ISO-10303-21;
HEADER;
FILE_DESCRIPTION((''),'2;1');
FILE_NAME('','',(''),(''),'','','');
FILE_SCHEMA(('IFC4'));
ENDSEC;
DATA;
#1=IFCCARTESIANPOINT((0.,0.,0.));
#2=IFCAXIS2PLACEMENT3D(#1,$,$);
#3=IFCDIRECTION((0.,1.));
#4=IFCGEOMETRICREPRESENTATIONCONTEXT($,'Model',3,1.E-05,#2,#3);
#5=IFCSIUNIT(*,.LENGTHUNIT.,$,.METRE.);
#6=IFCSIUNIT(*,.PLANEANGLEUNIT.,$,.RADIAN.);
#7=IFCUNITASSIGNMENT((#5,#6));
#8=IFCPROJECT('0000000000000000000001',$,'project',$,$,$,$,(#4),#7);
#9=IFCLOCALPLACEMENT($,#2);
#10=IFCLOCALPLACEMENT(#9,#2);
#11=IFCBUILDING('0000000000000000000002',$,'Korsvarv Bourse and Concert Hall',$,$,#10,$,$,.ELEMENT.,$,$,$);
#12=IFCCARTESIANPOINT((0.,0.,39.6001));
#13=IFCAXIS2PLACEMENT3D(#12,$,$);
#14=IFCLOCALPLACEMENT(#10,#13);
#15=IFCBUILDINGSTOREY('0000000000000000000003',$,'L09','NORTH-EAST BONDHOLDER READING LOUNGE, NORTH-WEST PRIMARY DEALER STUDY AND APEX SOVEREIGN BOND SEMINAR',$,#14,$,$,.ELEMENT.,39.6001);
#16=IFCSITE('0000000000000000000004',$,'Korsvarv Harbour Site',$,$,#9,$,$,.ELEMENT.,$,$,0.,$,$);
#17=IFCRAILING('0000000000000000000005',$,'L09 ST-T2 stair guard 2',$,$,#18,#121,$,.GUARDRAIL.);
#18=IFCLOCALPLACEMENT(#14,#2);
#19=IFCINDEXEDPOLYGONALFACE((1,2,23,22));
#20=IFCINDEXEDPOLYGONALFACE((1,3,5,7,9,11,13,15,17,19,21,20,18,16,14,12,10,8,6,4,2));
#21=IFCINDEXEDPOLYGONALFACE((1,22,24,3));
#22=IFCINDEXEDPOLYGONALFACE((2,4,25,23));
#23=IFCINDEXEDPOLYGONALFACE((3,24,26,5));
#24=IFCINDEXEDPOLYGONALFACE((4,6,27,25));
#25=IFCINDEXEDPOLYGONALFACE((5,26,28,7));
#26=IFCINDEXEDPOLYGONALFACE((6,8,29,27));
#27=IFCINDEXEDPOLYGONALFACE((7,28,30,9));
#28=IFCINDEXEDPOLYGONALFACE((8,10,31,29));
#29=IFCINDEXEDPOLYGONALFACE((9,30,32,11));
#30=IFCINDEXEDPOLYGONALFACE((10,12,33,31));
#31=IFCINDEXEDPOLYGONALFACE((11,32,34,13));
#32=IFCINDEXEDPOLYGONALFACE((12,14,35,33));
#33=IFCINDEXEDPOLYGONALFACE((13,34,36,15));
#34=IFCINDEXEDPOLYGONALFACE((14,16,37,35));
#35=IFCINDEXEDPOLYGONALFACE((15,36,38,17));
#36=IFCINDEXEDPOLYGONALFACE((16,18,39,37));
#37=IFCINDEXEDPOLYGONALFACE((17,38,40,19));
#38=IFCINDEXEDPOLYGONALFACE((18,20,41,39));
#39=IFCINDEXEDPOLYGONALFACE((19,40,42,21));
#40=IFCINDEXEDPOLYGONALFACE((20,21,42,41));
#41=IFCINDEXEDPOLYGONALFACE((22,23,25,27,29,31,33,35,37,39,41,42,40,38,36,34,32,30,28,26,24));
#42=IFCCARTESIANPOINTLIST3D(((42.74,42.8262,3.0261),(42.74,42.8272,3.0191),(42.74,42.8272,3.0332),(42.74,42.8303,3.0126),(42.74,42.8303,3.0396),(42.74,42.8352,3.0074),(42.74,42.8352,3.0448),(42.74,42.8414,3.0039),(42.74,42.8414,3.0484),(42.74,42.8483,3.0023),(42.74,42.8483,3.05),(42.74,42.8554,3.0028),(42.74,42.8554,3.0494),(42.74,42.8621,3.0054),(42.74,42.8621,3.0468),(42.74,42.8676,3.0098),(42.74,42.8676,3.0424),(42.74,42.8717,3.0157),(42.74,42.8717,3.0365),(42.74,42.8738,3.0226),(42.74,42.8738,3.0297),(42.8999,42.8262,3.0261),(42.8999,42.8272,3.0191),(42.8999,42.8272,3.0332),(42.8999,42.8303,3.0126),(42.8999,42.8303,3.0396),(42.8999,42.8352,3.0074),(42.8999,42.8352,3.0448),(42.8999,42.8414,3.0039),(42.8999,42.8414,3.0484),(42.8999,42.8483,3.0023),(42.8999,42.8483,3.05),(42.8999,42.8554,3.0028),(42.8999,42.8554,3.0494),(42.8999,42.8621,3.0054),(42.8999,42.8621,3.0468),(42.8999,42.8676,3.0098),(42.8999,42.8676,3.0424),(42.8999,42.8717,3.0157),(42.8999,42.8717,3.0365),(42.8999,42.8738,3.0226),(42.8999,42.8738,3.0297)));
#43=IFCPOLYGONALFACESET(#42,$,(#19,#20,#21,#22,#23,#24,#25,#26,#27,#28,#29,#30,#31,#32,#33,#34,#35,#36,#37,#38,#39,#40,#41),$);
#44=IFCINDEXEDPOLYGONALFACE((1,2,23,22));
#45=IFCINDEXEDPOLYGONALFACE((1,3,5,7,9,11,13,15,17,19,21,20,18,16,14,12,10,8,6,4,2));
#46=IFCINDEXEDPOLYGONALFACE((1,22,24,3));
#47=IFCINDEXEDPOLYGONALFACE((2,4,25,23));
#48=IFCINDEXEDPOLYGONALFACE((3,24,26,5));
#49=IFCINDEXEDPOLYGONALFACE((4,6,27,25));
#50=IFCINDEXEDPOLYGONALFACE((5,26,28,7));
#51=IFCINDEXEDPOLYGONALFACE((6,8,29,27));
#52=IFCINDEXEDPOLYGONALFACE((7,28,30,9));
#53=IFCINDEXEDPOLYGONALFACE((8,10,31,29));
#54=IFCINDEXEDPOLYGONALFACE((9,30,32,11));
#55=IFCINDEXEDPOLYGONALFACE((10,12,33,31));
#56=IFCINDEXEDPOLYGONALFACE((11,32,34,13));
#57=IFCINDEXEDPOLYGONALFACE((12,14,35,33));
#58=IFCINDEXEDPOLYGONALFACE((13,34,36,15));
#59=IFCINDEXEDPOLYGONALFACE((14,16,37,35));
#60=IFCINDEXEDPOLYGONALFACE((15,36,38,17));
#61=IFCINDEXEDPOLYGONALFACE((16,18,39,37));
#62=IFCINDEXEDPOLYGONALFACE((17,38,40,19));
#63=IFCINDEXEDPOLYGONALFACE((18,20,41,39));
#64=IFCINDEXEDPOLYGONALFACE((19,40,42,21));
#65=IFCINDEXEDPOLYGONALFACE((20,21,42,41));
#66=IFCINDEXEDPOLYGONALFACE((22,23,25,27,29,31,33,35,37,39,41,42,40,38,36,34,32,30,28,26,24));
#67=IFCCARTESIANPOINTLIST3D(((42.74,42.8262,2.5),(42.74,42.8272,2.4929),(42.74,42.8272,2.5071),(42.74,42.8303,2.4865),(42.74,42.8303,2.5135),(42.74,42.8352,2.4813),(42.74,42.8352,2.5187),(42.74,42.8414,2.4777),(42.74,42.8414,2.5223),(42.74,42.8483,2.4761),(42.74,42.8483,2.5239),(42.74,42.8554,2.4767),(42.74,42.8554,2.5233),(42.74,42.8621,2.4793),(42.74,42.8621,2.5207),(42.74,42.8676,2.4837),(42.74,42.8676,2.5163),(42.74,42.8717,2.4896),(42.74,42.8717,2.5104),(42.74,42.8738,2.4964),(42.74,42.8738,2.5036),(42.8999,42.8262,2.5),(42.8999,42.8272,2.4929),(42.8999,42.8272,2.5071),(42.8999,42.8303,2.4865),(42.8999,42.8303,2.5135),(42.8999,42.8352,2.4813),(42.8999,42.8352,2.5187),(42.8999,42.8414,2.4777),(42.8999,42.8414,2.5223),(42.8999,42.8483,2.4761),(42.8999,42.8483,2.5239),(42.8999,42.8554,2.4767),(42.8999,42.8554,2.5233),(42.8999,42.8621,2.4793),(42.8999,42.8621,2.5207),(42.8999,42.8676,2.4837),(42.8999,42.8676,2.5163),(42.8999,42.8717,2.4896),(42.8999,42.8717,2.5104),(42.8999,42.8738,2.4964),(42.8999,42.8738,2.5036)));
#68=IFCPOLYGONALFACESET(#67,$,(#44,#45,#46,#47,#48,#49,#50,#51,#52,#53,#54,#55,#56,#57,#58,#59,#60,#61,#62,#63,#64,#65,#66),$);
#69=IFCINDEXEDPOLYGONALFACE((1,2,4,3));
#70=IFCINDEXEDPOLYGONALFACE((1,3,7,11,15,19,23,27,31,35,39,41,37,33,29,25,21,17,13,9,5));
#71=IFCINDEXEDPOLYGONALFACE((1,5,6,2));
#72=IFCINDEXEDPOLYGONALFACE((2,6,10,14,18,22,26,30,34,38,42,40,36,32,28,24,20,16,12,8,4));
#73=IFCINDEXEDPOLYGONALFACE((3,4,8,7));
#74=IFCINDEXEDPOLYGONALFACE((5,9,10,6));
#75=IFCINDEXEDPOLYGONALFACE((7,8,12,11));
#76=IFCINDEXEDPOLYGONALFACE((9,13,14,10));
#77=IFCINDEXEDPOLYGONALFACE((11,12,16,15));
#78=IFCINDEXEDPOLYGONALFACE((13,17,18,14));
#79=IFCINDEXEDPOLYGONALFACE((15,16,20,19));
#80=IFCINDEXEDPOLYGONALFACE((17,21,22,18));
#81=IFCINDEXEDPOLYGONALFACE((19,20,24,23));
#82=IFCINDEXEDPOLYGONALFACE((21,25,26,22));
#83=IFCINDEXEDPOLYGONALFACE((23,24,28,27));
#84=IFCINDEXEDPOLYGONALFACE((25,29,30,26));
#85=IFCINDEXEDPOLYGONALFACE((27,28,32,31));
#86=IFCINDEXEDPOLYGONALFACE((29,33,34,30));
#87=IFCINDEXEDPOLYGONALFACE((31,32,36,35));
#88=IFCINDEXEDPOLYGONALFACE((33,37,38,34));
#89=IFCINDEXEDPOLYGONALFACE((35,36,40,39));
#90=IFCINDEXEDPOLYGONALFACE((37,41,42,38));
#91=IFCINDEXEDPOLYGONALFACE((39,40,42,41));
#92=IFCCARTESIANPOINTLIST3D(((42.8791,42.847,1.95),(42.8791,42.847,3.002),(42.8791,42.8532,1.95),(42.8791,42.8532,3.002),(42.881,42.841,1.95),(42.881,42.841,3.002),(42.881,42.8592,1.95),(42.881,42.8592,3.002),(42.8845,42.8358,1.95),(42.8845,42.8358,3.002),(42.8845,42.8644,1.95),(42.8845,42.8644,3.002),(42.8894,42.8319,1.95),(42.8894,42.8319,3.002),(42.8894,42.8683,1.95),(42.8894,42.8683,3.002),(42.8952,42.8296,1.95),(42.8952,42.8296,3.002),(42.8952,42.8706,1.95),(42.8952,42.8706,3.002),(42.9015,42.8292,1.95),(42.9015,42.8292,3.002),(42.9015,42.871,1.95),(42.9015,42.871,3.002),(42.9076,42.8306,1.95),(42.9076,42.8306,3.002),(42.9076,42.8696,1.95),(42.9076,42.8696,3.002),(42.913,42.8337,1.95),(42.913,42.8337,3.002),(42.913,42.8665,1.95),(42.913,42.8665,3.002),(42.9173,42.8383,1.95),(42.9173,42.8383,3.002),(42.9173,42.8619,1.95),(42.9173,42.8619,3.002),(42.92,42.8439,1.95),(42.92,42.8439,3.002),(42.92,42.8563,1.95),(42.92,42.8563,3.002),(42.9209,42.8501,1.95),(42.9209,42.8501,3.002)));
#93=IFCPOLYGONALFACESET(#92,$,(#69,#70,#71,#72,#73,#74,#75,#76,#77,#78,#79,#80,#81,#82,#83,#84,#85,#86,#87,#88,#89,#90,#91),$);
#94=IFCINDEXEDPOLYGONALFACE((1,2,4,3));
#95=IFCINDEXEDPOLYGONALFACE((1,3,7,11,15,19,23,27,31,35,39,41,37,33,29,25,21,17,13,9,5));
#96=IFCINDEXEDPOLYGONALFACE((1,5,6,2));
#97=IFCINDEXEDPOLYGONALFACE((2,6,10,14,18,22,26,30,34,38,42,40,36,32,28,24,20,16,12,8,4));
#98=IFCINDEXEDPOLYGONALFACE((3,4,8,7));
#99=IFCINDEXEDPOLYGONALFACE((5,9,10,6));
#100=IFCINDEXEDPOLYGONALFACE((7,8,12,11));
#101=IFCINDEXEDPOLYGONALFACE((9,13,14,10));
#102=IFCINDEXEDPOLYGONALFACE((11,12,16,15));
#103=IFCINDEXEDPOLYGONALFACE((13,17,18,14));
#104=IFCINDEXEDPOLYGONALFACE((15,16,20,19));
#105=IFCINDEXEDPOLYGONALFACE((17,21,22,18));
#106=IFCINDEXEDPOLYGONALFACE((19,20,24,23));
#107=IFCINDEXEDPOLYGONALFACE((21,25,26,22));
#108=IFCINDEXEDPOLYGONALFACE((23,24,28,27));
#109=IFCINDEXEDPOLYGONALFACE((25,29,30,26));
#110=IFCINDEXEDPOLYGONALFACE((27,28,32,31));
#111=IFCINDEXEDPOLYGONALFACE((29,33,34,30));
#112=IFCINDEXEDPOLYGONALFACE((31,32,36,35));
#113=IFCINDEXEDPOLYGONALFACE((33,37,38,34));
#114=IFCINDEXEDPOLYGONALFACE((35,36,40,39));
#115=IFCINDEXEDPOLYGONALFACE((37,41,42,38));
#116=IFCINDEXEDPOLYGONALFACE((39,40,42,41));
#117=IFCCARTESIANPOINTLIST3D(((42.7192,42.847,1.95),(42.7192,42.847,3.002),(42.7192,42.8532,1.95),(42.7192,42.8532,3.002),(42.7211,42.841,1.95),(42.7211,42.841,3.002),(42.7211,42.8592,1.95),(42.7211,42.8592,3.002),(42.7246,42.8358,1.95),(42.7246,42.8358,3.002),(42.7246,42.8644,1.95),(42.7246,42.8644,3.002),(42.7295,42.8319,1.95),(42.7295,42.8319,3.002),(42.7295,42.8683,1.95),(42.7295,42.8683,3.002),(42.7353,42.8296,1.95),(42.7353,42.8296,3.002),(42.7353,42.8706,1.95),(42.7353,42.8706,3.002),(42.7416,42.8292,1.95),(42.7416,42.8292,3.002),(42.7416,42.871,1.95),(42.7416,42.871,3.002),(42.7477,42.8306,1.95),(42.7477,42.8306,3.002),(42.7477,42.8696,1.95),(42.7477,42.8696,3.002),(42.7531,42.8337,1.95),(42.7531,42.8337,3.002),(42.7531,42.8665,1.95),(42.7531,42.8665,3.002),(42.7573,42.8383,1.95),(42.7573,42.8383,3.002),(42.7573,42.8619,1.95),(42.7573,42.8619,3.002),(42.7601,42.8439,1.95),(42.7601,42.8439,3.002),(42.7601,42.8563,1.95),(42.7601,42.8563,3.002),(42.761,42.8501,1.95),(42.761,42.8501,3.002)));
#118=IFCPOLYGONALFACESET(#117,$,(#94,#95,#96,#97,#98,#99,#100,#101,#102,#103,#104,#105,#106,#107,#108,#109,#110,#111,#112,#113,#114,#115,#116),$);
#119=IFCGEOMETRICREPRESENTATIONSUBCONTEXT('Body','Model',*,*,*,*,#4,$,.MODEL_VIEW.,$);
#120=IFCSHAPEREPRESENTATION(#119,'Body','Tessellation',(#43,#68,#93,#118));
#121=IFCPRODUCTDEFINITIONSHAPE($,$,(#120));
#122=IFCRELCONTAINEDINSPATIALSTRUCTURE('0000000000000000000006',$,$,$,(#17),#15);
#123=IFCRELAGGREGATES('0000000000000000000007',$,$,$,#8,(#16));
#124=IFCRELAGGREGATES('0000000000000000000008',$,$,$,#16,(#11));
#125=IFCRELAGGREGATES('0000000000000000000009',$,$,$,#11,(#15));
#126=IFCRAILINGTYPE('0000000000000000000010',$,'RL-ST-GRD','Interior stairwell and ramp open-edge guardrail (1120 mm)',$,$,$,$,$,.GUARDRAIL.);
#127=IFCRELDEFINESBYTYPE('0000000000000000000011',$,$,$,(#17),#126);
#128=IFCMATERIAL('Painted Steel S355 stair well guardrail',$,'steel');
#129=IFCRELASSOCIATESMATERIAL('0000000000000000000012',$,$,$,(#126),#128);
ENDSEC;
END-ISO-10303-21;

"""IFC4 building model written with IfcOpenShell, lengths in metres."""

from ifc_helpers import new_model, si_unit, direction, frame, origin, origin_2d, place, context, subcontext, project, spatial, circle, extrude, material, type_object, element, save


model = new_model("IFC4")

# Units and contexts
model_context = context("Model", 3, precision=1e-05, world=origin(), true_north=direction((0.0, 1.0)))
body_context = subcontext(model_context, "Body", "Model", "MODEL_VIEW")
ifc_project = project(units=[si_unit("LENGTHUNIT", "METRE"), si_unit("PLANEANGLEUNIT", "RADIAN")], contexts=[model_context])

# Site, building, storey
site_placement = place(None, origin())
site = spatial("IfcSite", under=ifc_project, at=site_placement, Name="Korsvarv Harbour Site", CompositionType="ELEMENT", RefElevation=0.0)
building_placement = place(site_placement, origin())
building = spatial("IfcBuilding", under=site, at=building_placement, Name="Korsvarv Bourse and Concert Hall", CompositionType="ELEMENT")
storey_placement = place(building_placement, frame((0.0, 0.0, 39.6001)))
storey = spatial("IfcBuildingStorey", under=building, at=storey_placement, Name="L09", Description="NORTH-EAST BONDHOLDER READING LOUNGE, NORTH-WEST PRIMARY DEALER STUDY AND APEX SOVEREIGN BOND SEMINAR", CompositionType="ELEMENT", Elevation=39.6001)

# Railing
ifc_material_1 = material(Name="Painted Steel S355 stair well guardrail", Category="steel")
railing_type_1 = type_object("IfcRailingType", Name="RL-ST-GRD", Description="Interior stairwell and ramp open-edge guardrail (1120 mm)", PredefinedType="GUARDRAIL", material=ifc_material_1)
railing_1_placement = place(storey_placement, frame((42.8999, 42.8501, 1.95)))
element("IfcRailing", 1, at=railing_1_placement, inside=storey, type_object=railing_type_1, Name="L09 ST-T2 stair guard 2", PredefinedType="GUARDRAIL", context=body_context, shape_type="SweptSolid", body=[
    extrude(circle(Radius=0.0239, at=origin_2d()), frame((0.0, 0.0, 1.0762), z_axis=(-1.0, 0.0, 0.0), x_axis=(0.0, -1.0, 0.0)), (0.0, 0.0, 1.0), 0.1599),
    extrude(circle(Radius=0.0239, at=origin_2d()), frame((0.0, 0.0, 0.55), z_axis=(-1.0, 0.0, 0.0), x_axis=(0.0, -1.0, 0.0)), (0.0, 0.0, 1.0), 0.1599),
    extrude(circle(Radius=0.021, at=origin_2d()), origin(), (0.0, 0.0, 1.0), 1.052),
    extrude(circle(Radius=0.021, at=origin_2d()), frame((-0.1599, 0.0, 0.0)), (0.0, 0.0, 1.0), 1.052),
])

save(model, "model.ifc")
